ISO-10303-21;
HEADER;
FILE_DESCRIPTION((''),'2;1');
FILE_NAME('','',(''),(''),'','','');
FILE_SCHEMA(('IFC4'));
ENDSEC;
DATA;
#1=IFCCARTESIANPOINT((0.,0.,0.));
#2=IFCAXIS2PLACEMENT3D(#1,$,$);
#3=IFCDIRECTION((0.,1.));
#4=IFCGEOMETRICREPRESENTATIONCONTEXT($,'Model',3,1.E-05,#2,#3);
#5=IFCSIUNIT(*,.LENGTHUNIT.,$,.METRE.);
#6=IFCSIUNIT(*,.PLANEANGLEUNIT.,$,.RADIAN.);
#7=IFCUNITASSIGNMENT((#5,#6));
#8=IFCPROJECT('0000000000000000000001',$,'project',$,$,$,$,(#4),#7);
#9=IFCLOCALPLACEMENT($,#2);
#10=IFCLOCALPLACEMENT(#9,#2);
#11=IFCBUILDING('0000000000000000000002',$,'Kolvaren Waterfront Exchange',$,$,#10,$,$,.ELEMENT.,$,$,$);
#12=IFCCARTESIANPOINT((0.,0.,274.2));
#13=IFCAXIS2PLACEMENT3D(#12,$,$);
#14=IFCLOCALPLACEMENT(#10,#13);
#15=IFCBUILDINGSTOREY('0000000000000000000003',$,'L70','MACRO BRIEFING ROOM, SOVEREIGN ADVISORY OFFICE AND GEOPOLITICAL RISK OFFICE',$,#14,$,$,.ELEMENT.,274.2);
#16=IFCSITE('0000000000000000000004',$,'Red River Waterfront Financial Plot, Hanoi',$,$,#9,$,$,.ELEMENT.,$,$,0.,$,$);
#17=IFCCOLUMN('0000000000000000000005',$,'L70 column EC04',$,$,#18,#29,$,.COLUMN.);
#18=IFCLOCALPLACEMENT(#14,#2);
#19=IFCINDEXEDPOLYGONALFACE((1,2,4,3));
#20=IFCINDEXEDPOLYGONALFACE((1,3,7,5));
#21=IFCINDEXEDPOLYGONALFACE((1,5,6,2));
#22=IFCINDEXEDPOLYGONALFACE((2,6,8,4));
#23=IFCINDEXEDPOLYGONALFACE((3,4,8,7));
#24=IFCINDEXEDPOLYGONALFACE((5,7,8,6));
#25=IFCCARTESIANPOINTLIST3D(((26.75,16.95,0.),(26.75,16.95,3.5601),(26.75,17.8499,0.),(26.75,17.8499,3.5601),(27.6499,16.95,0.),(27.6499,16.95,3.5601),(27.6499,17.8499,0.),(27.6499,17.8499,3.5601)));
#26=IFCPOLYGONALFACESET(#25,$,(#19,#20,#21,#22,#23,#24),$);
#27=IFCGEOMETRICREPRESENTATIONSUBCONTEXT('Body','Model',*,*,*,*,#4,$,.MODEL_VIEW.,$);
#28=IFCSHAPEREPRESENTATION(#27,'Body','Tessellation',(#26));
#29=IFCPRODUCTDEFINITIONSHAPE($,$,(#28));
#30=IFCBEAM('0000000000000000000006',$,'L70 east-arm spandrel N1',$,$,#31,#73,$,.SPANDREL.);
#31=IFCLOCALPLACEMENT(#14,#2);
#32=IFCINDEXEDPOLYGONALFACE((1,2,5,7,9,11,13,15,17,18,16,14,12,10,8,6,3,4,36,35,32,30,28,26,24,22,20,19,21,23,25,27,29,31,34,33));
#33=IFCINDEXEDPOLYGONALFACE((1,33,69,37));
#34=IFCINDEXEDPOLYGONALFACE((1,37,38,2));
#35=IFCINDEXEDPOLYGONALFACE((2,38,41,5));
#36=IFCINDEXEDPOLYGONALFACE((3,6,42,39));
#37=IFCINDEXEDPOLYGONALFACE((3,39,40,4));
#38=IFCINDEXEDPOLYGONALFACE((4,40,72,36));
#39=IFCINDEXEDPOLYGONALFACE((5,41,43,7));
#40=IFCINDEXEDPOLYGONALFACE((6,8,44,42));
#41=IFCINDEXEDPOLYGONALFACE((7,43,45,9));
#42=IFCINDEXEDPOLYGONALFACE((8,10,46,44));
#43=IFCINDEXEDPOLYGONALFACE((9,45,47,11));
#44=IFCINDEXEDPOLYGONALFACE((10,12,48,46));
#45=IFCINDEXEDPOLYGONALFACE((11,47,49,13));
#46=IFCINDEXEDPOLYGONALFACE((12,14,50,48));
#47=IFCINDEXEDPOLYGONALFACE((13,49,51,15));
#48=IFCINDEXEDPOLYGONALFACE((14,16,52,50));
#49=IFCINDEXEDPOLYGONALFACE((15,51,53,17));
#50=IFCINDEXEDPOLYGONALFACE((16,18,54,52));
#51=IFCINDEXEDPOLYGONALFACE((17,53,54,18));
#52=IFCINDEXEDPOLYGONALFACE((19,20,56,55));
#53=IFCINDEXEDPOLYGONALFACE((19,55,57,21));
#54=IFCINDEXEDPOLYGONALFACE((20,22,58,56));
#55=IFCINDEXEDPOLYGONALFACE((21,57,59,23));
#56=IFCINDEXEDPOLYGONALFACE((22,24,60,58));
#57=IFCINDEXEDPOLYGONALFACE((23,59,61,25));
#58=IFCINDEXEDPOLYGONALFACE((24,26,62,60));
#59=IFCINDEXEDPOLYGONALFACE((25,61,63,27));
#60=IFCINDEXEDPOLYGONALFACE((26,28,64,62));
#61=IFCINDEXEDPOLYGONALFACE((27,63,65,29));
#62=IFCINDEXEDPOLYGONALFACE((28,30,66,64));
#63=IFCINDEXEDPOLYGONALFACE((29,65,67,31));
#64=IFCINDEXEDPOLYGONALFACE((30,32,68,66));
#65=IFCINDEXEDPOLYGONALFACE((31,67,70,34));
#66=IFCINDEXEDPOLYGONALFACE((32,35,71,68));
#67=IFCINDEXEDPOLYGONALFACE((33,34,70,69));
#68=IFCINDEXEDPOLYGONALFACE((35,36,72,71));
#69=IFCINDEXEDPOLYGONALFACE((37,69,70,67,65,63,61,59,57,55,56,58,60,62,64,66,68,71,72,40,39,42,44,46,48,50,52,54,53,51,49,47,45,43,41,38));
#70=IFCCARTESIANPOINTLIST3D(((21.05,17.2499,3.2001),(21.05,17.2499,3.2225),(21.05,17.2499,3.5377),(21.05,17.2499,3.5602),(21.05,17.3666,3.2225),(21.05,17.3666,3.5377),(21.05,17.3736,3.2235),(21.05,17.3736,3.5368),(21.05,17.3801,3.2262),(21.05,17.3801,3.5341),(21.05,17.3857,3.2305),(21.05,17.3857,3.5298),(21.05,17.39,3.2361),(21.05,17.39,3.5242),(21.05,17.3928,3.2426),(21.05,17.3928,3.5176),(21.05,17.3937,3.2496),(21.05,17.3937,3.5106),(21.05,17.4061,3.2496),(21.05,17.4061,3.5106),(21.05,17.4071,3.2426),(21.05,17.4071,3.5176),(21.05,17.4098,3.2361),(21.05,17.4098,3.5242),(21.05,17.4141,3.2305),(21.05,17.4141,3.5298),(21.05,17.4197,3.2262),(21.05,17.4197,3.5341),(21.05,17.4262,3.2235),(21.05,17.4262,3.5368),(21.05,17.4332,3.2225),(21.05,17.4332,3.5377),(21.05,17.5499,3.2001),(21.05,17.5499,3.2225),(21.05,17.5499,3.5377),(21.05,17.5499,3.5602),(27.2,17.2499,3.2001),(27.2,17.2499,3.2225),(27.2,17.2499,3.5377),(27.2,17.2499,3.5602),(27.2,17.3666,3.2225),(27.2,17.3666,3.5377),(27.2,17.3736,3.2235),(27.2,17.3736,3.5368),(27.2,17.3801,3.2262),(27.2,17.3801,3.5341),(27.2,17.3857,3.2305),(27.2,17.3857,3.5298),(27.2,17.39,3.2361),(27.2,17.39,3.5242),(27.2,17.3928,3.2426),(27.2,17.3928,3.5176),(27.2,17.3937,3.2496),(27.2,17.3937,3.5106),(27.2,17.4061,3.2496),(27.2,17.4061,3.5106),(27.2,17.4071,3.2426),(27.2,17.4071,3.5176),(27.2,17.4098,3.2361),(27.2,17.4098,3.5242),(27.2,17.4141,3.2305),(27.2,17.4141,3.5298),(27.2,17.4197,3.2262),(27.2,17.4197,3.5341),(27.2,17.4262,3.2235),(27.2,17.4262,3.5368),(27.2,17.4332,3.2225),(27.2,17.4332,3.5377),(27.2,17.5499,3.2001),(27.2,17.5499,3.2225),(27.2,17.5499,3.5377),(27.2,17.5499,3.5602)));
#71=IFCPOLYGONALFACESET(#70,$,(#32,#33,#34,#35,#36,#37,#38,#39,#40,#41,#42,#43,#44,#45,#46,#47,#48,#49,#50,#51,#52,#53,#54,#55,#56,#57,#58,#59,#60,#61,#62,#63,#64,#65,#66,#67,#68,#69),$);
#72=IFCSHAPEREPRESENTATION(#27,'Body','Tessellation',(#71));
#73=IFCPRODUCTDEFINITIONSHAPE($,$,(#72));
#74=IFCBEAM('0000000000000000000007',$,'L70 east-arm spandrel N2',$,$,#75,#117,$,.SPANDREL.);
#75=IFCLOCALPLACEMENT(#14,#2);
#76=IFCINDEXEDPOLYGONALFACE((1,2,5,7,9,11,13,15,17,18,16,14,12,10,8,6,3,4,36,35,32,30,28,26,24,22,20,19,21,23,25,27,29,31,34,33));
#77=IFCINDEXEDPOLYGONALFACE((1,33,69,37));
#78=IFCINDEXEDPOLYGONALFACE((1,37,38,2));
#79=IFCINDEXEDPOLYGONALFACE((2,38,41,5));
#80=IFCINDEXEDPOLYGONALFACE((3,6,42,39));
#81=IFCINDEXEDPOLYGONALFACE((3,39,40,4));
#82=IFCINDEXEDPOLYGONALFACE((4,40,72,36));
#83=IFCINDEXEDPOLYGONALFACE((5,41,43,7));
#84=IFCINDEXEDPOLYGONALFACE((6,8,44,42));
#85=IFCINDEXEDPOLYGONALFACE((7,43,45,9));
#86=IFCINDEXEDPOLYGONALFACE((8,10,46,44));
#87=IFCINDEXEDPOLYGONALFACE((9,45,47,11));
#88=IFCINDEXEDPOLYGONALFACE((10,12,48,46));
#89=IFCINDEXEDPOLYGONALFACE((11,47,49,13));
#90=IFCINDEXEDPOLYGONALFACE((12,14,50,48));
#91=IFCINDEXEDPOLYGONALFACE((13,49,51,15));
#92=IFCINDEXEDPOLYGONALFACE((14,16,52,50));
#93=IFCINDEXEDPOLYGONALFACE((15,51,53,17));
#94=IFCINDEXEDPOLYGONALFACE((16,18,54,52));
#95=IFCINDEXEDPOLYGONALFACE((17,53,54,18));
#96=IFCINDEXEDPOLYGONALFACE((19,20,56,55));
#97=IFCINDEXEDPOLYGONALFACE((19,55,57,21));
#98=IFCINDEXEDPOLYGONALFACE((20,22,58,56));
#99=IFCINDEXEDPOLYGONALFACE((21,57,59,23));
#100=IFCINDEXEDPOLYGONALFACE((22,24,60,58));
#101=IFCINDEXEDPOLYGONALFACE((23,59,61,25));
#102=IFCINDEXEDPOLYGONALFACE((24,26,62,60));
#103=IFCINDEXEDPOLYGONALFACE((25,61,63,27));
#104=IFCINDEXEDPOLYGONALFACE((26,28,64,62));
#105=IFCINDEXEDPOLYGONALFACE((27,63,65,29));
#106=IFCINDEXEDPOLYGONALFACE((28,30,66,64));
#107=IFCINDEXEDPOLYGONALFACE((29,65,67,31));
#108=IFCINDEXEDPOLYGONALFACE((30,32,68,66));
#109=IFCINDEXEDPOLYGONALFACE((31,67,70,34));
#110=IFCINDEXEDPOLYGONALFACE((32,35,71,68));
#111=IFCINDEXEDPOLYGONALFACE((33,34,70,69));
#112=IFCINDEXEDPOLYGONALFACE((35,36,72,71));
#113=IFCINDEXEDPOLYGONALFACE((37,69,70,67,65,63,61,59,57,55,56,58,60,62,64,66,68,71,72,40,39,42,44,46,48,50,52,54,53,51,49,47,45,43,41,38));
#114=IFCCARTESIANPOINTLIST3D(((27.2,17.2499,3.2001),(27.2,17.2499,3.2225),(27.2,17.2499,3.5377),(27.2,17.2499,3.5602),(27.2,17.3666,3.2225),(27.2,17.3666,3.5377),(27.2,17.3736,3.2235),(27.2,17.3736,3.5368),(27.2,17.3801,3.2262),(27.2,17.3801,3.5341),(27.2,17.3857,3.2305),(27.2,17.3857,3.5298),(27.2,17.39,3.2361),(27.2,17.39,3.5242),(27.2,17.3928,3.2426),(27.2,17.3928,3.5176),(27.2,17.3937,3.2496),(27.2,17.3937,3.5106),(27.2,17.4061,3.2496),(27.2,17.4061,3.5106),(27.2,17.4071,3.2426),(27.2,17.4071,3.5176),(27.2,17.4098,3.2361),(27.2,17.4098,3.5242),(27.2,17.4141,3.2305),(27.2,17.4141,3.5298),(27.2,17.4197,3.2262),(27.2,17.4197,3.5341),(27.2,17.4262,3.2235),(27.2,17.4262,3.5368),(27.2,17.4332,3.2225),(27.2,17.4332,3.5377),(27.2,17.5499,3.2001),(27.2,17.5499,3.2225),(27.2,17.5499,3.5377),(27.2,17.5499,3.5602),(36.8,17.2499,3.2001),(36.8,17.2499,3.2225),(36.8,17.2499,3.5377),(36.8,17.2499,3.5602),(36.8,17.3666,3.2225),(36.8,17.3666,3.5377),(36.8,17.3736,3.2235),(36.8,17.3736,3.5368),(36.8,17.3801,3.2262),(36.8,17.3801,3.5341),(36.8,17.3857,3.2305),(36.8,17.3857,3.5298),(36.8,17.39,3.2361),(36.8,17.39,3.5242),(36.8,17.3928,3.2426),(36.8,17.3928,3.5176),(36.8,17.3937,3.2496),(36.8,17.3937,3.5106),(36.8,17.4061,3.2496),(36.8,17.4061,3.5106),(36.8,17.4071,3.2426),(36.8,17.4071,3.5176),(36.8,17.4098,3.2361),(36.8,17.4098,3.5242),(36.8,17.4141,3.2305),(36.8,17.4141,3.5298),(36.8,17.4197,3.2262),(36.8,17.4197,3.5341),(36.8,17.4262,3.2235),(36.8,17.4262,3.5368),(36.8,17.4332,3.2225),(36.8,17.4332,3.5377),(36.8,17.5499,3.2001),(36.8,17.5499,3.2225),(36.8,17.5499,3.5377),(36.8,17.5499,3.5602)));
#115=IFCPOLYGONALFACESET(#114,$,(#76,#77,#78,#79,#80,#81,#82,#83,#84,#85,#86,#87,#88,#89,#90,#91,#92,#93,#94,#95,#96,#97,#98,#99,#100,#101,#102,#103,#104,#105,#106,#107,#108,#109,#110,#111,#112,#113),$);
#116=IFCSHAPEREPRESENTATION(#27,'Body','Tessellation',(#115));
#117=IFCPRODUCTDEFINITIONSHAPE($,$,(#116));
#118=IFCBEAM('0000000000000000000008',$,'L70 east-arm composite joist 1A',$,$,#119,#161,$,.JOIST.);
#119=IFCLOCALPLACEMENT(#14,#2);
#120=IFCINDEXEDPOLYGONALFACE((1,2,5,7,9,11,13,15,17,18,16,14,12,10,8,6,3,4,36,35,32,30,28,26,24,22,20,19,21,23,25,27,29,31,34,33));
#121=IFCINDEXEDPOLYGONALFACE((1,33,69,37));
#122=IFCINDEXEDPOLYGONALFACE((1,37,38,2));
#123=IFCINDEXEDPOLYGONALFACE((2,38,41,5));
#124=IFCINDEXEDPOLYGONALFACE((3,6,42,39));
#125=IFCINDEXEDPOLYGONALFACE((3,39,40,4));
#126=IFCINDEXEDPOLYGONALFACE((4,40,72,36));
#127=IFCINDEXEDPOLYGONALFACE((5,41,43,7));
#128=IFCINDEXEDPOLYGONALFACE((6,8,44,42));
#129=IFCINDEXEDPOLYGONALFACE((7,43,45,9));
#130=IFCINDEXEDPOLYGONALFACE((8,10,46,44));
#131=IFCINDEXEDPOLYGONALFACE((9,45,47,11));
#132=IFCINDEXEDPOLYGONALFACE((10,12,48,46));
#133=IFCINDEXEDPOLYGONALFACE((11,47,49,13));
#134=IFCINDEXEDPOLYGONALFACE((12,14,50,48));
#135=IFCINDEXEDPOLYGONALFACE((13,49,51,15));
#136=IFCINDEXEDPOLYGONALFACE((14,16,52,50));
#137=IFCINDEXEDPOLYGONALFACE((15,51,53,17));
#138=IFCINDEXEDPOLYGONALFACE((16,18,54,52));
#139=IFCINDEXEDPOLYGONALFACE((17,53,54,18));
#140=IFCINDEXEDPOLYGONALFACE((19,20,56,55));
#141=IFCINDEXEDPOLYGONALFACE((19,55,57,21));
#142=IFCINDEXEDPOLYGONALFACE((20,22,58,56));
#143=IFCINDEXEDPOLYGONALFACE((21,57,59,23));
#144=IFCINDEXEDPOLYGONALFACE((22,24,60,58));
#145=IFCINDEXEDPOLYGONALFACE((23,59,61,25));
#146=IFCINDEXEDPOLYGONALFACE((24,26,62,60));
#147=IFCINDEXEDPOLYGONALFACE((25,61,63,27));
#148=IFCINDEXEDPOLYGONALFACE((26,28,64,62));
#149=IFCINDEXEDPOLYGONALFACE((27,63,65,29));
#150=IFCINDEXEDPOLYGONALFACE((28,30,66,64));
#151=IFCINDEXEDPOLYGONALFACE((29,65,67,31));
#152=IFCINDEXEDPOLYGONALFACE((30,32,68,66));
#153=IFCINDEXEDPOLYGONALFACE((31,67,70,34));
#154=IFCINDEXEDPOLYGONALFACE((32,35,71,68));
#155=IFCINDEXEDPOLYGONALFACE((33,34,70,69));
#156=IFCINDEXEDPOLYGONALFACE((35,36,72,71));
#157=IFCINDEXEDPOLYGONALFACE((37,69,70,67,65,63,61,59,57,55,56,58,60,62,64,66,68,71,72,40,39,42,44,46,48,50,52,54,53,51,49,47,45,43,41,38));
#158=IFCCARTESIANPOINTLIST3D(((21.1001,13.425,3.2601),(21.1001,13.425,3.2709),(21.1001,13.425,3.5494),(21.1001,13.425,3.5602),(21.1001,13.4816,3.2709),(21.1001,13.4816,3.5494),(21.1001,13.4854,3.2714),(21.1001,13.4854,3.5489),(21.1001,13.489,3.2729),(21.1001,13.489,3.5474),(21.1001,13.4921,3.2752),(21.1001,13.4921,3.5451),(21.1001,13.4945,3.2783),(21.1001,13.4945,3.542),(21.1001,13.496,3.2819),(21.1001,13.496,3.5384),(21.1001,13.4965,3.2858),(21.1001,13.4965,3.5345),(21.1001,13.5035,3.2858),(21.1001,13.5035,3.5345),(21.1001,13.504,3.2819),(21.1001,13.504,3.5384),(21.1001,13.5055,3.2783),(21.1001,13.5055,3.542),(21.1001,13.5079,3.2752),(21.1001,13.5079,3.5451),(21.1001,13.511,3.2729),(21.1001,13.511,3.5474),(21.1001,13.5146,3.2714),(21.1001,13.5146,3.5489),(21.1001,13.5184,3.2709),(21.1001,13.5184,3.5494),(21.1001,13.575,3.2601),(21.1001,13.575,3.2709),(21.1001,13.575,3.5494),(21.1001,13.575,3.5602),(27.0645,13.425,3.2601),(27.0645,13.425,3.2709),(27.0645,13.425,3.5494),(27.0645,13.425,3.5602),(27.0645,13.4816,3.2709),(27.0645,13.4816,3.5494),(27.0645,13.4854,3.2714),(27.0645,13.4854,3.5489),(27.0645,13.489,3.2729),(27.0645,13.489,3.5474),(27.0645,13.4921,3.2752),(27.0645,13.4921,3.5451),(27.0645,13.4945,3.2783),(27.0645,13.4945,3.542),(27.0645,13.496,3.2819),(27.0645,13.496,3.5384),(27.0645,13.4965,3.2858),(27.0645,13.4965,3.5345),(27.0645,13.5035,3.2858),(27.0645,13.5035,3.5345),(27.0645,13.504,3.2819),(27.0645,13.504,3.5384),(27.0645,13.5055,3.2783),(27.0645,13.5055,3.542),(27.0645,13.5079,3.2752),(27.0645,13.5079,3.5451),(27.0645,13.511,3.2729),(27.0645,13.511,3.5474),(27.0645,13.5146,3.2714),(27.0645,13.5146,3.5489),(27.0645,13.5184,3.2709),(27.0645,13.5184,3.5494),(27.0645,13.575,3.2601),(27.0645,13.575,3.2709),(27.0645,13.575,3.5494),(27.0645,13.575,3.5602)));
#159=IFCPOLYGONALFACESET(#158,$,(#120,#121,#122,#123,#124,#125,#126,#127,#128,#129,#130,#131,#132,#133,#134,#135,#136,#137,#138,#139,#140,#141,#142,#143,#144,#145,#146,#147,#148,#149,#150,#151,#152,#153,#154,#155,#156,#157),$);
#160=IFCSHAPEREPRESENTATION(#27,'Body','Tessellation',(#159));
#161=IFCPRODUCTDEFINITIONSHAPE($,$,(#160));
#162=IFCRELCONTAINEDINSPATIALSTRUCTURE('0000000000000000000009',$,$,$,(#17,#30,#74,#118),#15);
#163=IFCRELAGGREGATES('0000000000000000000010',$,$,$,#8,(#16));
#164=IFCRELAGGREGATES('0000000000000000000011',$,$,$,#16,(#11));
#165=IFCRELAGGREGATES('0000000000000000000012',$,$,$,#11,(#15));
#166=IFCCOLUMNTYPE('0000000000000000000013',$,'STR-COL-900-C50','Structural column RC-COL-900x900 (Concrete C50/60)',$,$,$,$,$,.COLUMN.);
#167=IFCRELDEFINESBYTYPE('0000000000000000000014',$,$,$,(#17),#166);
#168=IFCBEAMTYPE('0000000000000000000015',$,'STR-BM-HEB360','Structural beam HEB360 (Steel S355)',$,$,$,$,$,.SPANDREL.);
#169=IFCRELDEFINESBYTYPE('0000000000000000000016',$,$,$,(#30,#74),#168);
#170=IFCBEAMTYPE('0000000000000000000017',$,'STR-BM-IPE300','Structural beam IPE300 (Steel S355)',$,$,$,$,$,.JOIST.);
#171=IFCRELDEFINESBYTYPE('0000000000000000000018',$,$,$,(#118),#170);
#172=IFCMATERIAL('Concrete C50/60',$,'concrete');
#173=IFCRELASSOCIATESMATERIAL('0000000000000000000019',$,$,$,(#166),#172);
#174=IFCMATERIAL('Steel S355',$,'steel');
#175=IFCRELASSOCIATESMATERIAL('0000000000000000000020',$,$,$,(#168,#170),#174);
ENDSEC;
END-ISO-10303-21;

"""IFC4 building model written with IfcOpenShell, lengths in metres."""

from ifc_helpers import new_model, si_unit, direction, frame, origin, origin_2d, place, context, subcontext, project, spatial, rectangle, i_section, extrude, material, material_profile, profile_set, type_object, element, save


model = new_model("IFC4")

# Units and contexts
model_context = context("Model", 3, precision=1e-05, world=origin(), true_north=direction((0.0, 1.0)))
body_context = subcontext(model_context, "Body", "Model", "MODEL_VIEW")
ifc_project = project(units=[si_unit("LENGTHUNIT", "METRE"), si_unit("PLANEANGLEUNIT", "RADIAN")], contexts=[model_context])

# Site, building, storey
site_placement = place(None, origin())
site = spatial("IfcSite", under=ifc_project, at=site_placement, Name="Red River Waterfront Financial Plot, Hanoi", CompositionType="ELEMENT", RefElevation=0.0)
building_placement = place(site_placement, origin())
building = spatial("IfcBuilding", under=site, at=building_placement, Name="Kolvaren Waterfront Exchange", CompositionType="ELEMENT")
storey_placement = place(building_placement, frame((0.0, 0.0, 274.2)))
storey = spatial("IfcBuildingStorey", under=building, at=storey_placement, Name="L70", Description="MACRO BRIEFING ROOM, SOVEREIGN ADVISORY OFFICE AND GEOPOLITICAL RISK OFFICE", CompositionType="ELEMENT", Elevation=274.2)

# Column
ifc_material_1 = material(Name="Concrete C50/60", Category="concrete")
ifc_material_profile_1 = material_profile(ifc_material_1, rectangle(XDim=0.8999, YDim=0.8999, at=origin_2d()), Name="RC-COL-900x900")
ifc_profile_set_1 = profile_set([ifc_material_profile_1], Name="Concrete C50/60")
column_type = type_object("IfcColumnType", Name="STR-COL-900-C50", Description="Structural column RC-COL-900x900 (Concrete C50/60)", PredefinedType="COLUMN", material=ifc_profile_set_1)
column_placement = place(storey_placement, frame((27.2, 17.3999, 0.0), z_axis=(0.0, 0.0, 1.0), x_axis=(1.0, 0.0, 0.0)))
element("IfcColumn", 1, at=column_placement, inside=storey, type_object=column_type, Name="L70 column EC04", PredefinedType="COLUMN", context=body_context, shape_type="SweptSolid", body=[
    extrude(rectangle(XDim=0.8999, YDim=0.8999, at=origin_2d()), origin(), (0.0, 0.0, 1.0), 3.5601),
])

# Beams
ifc_material_2 = material(Name="Steel S355", Category="steel")
ifc_material_profile_2 = material_profile(ifc_material_2, i_section(OverallWidth=0.3, OverallDepth=0.3601, WebThickness=0.0125, FlangeThickness=0.0225, FilletRadius=0.0271, at=origin_2d()), Name="HEB360")
ifc_profile_set_2 = profile_set([ifc_material_profile_2], Name="Steel S355")
beam_type_1 = type_object("IfcBeamType", Name="STR-BM-HEB360", Description="Structural beam HEB360 (Steel S355)", PredefinedType="SPANDREL", material=ifc_profile_set_2)
beam_1_placement = place(storey_placement, frame((21.05, 17.3999, 3.3801), z_axis=(1.0, 0.0, 0.0), x_axis=(0.0, 1.0, 0.0)))
element("IfcBeam", 2, at=beam_1_placement, inside=storey, type_object=beam_type_1, Name="L70 east-arm spandrel N1", PredefinedType="SPANDREL", context=body_context, shape_type="SweptSolid", body=[
    extrude(i_section(OverallWidth=0.3, OverallDepth=0.3601, WebThickness=0.0125, FlangeThickness=0.0225, FilletRadius=0.0271, at=origin_2d()), origin(), (0.0, 0.0, 1.0), 6.1499),
])
beam_2_placement = place(storey_placement, frame((27.2, 17.3999, 3.3801), z_axis=(1.0, 0.0, 0.0), x_axis=(0.0, 1.0, 0.0)))
element("IfcBeam", 3, at=beam_2_placement, inside=storey, type_object=beam_type_1, Name="L70 east-arm spandrel N2", PredefinedType="SPANDREL", context=body_context, shape_type="SweptSolid", body=[
    extrude(i_section(OverallWidth=0.3, OverallDepth=0.3601, WebThickness=0.0125, FlangeThickness=0.0225, FilletRadius=0.0271, at=origin_2d()), origin(), (0.0, 0.0, 1.0), 9.6001),
])
ifc_material_profile_3 = material_profile(ifc_material_2, i_section(OverallWidth=0.1499, OverallDepth=0.3, WebThickness=0.0071, FlangeThickness=0.0107, FilletRadius=0.0149, at=origin_2d()), Name="IPE300")
ifc_profile_set_3 = profile_set([ifc_material_profile_3], Name="Steel S355")
beam_type_2 = type_object("IfcBeamType", Name="STR-BM-IPE300", Description="Structural beam IPE300 (Steel S355)", PredefinedType="JOIST", material=ifc_profile_set_3)
for number, where, z_axis, x_axis, name in (
    (4, (21.1001, 13.5, 3.4102), (1.0, 0.0, 0.0), (0.0, 1.0, 0.0), "L70 east-arm composite joist 1A"),
):
    element("IfcBeam", number, at=place(storey_placement, frame(where, z_axis=z_axis, x_axis=x_axis)), inside=storey, type_object=beam_type_2, Name=name, PredefinedType="JOIST", context=body_context, shape_type="SweptSolid", body=[
        extrude(i_section(OverallWidth=0.1499, OverallDepth=0.3, WebThickness=0.0071, FlangeThickness=0.0107, FilletRadius=0.0149, at=origin_2d()), origin(), (0.0, 0.0, 1.0), 5.9644),
    ])

save(model, "model.ifc")
